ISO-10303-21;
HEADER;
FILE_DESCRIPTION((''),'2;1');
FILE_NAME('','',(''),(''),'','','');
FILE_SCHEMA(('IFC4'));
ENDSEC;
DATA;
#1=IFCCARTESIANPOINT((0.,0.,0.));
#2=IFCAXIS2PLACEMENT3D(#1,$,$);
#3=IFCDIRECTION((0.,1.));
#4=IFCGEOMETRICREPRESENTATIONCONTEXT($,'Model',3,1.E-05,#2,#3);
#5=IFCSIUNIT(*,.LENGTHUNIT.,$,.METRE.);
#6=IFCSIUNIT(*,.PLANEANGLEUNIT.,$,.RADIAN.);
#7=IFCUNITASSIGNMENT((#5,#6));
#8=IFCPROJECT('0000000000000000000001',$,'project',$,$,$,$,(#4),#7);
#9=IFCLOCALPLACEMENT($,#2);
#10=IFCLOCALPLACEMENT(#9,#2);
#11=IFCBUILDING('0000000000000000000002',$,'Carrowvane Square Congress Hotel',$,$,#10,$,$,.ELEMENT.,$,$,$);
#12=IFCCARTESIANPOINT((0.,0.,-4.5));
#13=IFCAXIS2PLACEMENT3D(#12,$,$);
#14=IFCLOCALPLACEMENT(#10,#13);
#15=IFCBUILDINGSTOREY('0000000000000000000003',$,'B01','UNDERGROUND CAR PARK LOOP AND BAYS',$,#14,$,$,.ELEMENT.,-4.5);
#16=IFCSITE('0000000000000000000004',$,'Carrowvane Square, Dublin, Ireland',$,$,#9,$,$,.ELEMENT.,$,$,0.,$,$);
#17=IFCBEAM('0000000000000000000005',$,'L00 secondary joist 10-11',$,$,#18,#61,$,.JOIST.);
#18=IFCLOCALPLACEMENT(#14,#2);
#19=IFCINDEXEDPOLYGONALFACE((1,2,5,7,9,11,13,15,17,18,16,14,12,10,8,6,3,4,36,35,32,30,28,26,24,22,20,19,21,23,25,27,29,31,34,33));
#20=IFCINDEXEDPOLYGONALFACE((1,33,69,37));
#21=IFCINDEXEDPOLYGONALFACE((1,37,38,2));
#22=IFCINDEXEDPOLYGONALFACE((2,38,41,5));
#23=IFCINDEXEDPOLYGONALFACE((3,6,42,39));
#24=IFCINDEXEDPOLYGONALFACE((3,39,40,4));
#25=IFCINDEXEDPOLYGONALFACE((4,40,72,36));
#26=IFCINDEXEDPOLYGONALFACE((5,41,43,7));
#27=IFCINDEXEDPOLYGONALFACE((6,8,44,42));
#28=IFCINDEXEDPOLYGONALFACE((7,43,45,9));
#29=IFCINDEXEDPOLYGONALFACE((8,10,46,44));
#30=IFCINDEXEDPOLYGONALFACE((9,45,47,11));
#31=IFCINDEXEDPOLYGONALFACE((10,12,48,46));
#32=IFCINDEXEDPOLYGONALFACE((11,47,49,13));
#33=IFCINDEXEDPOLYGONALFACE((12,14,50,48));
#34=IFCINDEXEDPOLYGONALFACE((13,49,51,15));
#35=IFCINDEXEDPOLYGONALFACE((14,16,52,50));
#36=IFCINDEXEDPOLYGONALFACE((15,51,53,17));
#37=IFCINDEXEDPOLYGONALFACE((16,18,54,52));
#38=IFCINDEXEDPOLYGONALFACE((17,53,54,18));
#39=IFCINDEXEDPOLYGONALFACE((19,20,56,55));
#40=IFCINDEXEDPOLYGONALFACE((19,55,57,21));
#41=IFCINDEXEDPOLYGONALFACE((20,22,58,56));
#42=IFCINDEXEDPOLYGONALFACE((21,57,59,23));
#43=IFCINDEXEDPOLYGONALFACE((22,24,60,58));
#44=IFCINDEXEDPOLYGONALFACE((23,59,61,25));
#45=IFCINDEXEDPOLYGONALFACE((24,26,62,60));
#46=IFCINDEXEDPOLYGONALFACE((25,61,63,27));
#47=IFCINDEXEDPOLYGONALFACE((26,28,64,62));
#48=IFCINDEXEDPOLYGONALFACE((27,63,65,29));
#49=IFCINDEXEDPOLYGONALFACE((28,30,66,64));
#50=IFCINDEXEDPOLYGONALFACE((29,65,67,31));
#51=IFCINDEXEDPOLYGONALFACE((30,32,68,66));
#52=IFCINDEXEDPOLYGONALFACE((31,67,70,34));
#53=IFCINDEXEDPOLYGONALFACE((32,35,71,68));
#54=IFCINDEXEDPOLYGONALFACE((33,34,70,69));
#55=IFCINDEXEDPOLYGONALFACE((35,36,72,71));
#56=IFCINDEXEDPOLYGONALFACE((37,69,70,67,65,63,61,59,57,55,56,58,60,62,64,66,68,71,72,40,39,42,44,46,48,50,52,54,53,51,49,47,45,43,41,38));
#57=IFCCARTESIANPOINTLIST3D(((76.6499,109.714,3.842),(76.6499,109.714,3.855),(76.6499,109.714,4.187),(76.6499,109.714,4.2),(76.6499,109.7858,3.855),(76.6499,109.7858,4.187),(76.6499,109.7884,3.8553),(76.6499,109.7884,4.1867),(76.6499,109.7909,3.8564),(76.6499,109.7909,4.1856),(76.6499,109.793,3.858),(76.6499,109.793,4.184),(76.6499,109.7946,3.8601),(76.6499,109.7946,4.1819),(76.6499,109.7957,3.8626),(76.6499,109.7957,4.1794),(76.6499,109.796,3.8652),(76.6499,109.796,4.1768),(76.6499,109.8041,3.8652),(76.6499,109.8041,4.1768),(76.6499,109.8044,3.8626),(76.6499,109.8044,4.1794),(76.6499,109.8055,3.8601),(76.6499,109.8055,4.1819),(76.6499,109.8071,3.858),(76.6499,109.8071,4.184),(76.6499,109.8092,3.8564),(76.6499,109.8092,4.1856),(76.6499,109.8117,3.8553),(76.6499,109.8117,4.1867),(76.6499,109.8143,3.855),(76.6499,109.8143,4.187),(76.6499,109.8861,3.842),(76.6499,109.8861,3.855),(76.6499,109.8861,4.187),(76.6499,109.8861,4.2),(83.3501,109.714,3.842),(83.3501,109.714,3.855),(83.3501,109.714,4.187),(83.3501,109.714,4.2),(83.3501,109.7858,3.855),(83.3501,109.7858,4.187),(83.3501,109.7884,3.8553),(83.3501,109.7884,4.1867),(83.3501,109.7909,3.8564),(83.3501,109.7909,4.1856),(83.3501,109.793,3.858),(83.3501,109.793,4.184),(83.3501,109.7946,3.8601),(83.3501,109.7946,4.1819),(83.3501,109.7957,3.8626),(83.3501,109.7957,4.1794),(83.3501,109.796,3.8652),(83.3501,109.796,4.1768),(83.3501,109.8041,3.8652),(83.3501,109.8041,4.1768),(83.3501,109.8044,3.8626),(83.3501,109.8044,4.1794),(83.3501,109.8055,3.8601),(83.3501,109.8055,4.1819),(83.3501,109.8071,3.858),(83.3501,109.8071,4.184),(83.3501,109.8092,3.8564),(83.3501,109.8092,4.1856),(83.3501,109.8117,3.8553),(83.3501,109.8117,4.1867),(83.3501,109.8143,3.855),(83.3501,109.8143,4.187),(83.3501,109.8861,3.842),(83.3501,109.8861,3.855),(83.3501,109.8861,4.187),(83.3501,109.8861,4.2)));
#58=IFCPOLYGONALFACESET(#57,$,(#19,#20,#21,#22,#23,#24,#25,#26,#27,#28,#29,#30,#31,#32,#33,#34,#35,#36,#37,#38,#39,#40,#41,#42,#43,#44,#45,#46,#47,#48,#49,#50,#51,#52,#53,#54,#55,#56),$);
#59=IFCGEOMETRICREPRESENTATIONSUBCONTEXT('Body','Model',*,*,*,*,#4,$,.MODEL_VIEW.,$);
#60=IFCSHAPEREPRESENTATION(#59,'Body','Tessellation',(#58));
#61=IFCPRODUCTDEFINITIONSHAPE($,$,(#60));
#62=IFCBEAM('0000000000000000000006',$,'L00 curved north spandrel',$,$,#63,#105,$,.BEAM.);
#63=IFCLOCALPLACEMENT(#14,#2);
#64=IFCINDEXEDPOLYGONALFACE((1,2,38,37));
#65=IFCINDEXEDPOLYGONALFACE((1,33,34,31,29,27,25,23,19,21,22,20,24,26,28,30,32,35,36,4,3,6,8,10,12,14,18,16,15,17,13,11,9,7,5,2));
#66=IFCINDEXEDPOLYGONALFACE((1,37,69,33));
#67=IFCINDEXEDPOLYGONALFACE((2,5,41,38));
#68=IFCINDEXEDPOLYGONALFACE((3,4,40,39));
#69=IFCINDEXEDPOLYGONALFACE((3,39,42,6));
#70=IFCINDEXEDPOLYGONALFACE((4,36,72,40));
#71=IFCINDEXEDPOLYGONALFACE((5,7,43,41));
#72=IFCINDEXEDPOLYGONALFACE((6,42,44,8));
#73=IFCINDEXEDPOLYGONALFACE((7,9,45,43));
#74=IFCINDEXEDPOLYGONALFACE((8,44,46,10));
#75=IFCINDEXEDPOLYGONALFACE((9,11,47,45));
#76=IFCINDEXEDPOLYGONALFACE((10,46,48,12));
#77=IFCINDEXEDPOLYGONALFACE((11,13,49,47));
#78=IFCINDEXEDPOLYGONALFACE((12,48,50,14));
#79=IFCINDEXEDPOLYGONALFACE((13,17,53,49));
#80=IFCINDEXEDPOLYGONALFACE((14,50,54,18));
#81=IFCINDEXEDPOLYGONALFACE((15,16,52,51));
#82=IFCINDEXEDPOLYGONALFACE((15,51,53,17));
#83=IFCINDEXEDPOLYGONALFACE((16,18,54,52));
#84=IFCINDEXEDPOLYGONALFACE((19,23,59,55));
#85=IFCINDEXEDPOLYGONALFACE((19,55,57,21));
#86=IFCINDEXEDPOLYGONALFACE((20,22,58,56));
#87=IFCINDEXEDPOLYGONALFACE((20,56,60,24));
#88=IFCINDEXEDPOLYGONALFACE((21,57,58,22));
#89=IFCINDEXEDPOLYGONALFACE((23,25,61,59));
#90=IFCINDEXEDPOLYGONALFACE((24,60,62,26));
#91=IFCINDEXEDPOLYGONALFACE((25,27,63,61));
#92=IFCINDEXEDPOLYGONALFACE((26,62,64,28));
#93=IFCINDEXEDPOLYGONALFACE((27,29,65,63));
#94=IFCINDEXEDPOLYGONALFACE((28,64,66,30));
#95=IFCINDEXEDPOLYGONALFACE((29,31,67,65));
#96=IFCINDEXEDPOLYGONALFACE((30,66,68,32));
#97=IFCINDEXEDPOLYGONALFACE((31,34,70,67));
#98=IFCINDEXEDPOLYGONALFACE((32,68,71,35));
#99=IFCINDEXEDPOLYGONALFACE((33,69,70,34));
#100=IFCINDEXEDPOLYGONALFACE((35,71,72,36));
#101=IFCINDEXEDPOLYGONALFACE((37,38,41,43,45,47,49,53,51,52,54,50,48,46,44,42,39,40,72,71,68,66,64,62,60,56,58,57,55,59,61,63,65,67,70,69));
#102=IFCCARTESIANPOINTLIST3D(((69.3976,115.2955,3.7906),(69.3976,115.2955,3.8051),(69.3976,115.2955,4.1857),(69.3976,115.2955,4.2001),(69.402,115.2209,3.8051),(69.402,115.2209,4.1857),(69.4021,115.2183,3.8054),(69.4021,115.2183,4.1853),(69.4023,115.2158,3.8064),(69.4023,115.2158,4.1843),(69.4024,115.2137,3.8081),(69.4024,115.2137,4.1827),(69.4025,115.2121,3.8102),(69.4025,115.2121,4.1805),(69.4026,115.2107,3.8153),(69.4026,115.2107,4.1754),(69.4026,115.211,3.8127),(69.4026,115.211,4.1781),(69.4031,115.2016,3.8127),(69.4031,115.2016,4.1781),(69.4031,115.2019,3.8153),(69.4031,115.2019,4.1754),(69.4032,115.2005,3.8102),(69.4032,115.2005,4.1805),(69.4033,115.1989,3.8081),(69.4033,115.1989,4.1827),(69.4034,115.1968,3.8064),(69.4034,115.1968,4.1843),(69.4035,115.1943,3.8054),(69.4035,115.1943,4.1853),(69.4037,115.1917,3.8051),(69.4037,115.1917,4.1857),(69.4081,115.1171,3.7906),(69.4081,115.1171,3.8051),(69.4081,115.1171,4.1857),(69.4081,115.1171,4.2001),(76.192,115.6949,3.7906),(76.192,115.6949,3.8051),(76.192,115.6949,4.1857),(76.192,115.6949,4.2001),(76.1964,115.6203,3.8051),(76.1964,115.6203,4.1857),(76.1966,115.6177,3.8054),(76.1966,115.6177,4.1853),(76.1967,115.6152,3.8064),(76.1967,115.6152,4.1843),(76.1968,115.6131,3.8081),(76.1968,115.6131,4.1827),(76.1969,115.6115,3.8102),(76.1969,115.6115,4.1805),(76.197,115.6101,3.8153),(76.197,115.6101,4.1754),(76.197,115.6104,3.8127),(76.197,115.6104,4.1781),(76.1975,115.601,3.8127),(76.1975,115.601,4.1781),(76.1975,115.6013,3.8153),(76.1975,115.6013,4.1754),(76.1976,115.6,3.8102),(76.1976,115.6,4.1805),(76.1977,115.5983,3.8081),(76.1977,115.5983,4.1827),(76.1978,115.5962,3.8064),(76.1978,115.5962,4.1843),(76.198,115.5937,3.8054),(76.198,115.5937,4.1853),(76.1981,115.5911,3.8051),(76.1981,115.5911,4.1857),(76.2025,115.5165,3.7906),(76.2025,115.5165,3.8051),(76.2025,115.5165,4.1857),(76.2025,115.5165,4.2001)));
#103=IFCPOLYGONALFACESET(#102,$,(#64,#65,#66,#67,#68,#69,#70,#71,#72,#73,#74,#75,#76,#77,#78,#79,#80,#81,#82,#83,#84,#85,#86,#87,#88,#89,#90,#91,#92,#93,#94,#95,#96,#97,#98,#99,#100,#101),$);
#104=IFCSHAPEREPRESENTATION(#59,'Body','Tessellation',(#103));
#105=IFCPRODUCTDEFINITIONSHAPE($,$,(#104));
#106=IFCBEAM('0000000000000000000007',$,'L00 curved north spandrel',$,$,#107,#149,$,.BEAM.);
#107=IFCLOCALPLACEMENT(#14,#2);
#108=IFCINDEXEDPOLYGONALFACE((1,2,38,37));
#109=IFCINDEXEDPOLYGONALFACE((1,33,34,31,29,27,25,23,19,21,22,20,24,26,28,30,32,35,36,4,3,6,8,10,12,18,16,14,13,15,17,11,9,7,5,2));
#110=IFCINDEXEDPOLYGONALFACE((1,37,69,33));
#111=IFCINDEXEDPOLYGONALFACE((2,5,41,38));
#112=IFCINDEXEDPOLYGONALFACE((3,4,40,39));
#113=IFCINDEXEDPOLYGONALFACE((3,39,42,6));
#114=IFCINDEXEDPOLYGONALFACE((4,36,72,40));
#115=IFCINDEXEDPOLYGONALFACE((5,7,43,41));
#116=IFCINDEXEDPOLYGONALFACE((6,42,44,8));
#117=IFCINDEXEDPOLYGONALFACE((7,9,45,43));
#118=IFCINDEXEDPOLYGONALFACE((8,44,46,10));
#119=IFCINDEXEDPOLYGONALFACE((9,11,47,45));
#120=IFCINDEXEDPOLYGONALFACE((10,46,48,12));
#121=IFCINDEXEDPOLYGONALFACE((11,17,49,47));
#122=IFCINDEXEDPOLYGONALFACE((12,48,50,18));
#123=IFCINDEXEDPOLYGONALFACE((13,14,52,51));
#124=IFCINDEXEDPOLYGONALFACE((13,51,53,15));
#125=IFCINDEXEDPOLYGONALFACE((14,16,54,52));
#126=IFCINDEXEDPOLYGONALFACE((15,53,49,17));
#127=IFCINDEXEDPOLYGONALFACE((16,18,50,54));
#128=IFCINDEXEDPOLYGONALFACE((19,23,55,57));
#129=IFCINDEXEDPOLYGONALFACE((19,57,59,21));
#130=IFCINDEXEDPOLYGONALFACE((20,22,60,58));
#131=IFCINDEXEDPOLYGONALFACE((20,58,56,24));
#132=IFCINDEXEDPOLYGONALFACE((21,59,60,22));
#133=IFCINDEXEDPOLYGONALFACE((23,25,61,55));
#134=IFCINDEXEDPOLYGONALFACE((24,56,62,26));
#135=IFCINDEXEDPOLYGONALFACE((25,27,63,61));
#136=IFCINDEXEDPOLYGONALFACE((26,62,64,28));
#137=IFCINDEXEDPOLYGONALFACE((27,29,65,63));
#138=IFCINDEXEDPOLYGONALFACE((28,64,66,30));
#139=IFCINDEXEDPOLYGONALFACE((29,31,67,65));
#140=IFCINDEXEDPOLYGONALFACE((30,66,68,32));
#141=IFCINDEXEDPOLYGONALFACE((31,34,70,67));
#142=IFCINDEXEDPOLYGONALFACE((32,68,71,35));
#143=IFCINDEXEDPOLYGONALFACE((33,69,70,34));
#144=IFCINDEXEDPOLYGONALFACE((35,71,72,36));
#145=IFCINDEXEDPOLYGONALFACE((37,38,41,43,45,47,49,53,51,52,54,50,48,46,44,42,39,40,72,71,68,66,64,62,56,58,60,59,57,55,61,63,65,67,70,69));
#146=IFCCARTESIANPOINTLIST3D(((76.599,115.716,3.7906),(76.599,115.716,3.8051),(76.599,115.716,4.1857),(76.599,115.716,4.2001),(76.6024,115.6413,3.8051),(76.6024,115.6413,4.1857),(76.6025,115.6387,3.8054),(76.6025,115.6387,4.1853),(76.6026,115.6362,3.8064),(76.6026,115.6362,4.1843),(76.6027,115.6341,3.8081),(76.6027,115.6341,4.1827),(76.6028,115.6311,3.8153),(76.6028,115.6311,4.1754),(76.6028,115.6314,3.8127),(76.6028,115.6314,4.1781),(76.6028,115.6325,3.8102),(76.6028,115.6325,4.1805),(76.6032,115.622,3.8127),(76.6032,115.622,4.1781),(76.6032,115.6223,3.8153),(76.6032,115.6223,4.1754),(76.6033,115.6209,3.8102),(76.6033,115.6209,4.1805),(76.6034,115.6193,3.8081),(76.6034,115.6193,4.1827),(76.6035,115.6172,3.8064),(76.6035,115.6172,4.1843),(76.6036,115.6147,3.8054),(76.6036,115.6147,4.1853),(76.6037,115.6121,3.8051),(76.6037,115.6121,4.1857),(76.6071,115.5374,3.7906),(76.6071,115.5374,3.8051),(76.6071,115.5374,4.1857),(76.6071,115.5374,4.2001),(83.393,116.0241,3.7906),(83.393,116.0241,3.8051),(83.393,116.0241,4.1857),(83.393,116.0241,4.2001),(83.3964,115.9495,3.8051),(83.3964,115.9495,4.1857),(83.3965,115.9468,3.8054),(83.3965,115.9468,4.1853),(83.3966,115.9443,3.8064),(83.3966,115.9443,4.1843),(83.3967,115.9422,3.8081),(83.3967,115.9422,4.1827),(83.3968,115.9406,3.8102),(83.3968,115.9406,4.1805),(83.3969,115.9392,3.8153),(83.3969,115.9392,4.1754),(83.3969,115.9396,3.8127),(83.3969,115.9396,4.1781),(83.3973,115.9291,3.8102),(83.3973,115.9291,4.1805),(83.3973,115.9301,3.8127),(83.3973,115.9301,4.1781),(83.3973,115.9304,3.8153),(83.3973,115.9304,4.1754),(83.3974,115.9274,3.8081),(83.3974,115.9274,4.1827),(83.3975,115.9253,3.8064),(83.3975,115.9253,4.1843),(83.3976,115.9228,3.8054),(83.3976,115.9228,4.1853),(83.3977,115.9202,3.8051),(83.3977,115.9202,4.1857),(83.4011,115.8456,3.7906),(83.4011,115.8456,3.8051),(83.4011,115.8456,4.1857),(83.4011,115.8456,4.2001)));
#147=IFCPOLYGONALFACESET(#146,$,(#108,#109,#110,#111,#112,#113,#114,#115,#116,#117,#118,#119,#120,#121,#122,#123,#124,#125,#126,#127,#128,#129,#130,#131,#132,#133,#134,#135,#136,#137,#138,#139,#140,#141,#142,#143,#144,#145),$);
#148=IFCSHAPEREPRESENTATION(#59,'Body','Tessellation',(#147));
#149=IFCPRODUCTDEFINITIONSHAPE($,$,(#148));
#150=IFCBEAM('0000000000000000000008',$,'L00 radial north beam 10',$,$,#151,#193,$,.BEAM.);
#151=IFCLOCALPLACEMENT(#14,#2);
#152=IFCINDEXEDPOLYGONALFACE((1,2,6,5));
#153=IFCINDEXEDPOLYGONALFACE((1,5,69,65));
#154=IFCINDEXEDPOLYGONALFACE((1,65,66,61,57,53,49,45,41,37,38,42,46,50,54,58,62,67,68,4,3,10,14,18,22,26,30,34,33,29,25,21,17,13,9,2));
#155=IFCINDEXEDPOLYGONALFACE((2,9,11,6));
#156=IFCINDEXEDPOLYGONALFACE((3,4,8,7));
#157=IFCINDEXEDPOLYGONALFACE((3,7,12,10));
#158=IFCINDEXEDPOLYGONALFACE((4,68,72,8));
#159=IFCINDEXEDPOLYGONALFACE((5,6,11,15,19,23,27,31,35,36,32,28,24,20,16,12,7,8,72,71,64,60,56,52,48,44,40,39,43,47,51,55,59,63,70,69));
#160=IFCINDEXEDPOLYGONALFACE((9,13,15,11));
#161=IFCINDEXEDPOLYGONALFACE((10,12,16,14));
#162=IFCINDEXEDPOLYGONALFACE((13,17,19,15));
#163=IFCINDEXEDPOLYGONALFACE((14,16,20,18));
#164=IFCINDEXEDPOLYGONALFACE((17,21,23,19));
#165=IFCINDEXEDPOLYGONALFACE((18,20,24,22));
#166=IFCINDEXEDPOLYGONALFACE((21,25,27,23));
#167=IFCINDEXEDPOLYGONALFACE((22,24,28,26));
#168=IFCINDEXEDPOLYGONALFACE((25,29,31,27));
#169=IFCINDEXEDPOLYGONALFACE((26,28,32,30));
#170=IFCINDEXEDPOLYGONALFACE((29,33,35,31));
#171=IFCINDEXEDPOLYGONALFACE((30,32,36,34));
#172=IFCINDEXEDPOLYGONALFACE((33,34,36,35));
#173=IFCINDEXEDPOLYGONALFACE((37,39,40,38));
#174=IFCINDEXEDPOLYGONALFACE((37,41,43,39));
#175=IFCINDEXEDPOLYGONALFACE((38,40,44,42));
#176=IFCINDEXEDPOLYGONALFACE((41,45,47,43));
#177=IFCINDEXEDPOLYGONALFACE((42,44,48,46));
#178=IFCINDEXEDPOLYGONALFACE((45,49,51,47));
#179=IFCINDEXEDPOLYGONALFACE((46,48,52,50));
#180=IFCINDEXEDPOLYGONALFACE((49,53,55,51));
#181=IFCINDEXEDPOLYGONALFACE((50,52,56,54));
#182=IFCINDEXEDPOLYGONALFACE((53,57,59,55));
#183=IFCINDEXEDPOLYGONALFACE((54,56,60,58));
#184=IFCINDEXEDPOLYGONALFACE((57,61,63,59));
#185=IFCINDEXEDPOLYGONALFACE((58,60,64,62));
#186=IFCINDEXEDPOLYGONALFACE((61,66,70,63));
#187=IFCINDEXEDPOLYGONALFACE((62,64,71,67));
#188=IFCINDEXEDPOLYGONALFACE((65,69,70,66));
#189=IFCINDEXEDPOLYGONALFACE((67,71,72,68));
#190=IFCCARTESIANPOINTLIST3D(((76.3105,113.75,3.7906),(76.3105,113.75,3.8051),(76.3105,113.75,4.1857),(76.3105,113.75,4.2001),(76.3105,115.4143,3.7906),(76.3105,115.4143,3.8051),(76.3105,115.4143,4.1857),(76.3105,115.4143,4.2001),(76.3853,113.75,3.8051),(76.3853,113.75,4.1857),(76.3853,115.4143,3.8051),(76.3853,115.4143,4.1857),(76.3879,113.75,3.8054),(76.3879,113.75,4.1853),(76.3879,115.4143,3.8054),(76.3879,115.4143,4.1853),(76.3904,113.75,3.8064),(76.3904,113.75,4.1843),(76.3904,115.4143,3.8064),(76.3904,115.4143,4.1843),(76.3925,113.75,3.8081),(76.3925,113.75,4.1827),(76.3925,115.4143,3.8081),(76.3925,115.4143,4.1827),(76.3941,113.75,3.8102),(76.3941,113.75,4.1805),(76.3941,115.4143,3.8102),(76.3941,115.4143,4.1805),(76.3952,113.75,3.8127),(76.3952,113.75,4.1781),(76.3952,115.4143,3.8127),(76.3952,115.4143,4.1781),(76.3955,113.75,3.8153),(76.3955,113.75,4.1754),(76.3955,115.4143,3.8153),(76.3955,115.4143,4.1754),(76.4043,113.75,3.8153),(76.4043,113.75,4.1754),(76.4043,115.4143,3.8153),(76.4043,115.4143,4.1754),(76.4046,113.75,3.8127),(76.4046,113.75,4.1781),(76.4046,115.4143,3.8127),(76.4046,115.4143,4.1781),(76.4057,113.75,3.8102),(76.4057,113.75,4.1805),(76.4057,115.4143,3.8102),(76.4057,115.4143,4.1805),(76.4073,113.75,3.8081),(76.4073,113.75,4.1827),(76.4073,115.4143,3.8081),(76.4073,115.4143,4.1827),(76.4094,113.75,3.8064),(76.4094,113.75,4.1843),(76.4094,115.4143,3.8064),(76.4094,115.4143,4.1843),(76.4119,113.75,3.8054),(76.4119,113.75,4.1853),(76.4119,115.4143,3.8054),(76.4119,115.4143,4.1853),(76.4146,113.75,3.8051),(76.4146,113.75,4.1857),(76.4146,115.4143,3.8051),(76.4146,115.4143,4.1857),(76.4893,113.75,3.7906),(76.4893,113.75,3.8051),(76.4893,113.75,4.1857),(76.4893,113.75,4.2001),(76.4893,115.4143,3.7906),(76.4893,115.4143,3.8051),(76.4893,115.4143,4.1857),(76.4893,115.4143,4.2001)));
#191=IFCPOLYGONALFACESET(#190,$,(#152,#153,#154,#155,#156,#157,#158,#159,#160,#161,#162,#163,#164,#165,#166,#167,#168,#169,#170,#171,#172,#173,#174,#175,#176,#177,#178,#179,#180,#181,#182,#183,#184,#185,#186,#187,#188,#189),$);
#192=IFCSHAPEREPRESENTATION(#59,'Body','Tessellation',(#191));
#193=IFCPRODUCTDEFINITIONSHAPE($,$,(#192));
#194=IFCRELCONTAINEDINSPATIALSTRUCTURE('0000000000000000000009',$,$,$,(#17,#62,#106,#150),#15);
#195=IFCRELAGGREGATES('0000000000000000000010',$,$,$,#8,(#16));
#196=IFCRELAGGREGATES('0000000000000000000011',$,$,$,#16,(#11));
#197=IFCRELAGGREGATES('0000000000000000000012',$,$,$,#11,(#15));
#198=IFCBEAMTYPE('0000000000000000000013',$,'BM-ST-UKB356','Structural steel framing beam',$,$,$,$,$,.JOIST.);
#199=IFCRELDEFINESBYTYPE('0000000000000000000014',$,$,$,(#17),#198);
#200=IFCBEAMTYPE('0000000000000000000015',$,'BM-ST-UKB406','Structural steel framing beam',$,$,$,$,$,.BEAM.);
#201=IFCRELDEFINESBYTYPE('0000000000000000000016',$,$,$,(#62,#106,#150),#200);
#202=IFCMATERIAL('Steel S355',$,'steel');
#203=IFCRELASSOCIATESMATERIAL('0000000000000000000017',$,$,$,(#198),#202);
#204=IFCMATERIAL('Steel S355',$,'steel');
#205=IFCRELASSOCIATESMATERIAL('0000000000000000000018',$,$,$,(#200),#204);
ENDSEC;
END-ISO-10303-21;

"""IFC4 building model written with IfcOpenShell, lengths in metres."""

from ifc_helpers import new_model, si_unit, direction, frame, origin, origin_2d, place, context, subcontext, project, spatial, i_section, extrude, material, material_profile, profile_set, type_object, element, save


model = new_model("IFC4")

# Units and contexts
model_context = context("Model", 3, precision=1e-05, world=origin(), true_north=direction((0.0, 1.0)))
body_context = subcontext(model_context, "Body", "Model", "MODEL_VIEW")
ifc_project = project(units=[si_unit("LENGTHUNIT", "METRE"), si_unit("PLANEANGLEUNIT", "RADIAN")], contexts=[model_context])

# Site, building, storey
site_placement = place(None, origin())
site = spatial("IfcSite", under=ifc_project, at=site_placement, Name="Carrowvane Square, Dublin, Ireland", CompositionType="ELEMENT", RefElevation=0.0)
building_placement = place(site_placement, origin())
building = spatial("IfcBuilding", under=site, at=building_placement, Name="Carrowvane Square Congress Hotel", CompositionType="ELEMENT")
storey_placement = place(building_placement, frame((0.0, 0.0, -4.5)))
storey = spatial("IfcBuildingStorey", under=building, at=storey_placement, Name="B01", Description="UNDERGROUND CAR PARK LOOP AND BAYS", CompositionType="ELEMENT", Elevation=-4.5)

# Beams
ifc_material_1 = material(Name="Steel S355", Category="steel")
ifc_material_profile_1 = material_profile(ifc_material_1, i_section(OverallWidth=0.1721, OverallDepth=0.3579, WebThickness=0.0081, FlangeThickness=0.0129, FilletRadius=0.0103, at=origin_2d()), Name="UKB 356x171x57")
ifc_profile_set_1 = profile_set([ifc_material_profile_1], Name="Steel S355")
beam_type_1 = type_object("IfcBeamType", Name="BM-ST-UKB356", Description="Structural steel framing beam", PredefinedType="JOIST", material=ifc_profile_set_1)
beam_1_placement = place(storey_placement, frame((76.6499, 109.8, 4.021), z_axis=(1.0, 0.0, 0.0), x_axis=(0.0, 1.0, 0.0)))
element("IfcBeam", 1, at=beam_1_placement, inside=storey, type_object=beam_type_1, Name="L00 secondary joist 10-11", PredefinedType="JOIST", context=body_context, shape_type="SweptSolid", body=[
    extrude(i_section(OverallWidth=0.1721, OverallDepth=0.3579, WebThickness=0.0081, FlangeThickness=0.0129, FilletRadius=0.0103, at=origin_2d()), origin(), (0.0, 0.0, 1.0), 6.7002),
])
ifc_material_2 = material(Name="Steel S355", Category="steel")
ifc_material_profile_2 = material_profile(ifc_material_2, i_section(OverallWidth=0.1787, OverallDepth=0.4094, WebThickness=0.0088, FlangeThickness=0.0144, FilletRadius=0.0103, at=origin_2d()), Name="UKB 406x178x67")
ifc_profile_set_2 = profile_set([ifc_material_profile_2], Name="Steel S355")
beam_type_2 = type_object("IfcBeamType", Name="BM-ST-UKB406", Description="Structural steel framing beam", PredefinedType="BEAM", material=ifc_profile_set_2)
beam_2_placement = place(storey_placement, frame((69.4028, 115.2063, 3.9954), z_axis=(0.998277, 0.058684, 0.0), x_axis=(-0.058684, 0.998277, 0.0)))
element("IfcBeam", 2, at=beam_2_placement, inside=storey, type_object=beam_type_2, Name="L00 curved north spandrel", PredefinedType="BEAM", context=body_context, shape_type="SweptSolid", body=[
    extrude(i_section(OverallWidth=0.1787, OverallDepth=0.4094, WebThickness=0.0088, FlangeThickness=0.0144, FilletRadius=0.0103, at=origin_2d()), origin(), (0.0, 0.0, 1.0), 6.8062),
])
beam_3_placement = place(storey_placement, frame((76.603, 115.6267, 3.9954), z_axis=(0.998973, 0.045303, 0.0), x_axis=(-0.045303, 0.998973, 0.0)))
element("IfcBeam", 3, at=beam_3_placement, inside=storey, type_object=beam_type_2, Name="L00 curved north spandrel", PredefinedType="BEAM", context=body_context, shape_type="SweptSolid", body=[
    extrude(i_section(OverallWidth=0.1787, OverallDepth=0.4094, WebThickness=0.0088, FlangeThickness=0.0144, FilletRadius=0.0103, at=origin_2d()), origin(), (0.0, 0.0, 1.0), 6.801),
])
beam_4_placement = place(storey_placement, frame((76.3999, 113.75, 3.9954), z_axis=(0.0, 1.0, 0.0), x_axis=(-1.0, 0.0, 0.0)))
element("IfcBeam", 4, at=beam_4_placement, inside=storey, type_object=beam_type_2, Name="L00 radial north beam 10", PredefinedType="BEAM", context=body_context, shape_type="SweptSolid", body=[
    extrude(i_section(OverallWidth=0.1787, OverallDepth=0.4094, WebThickness=0.0088, FlangeThickness=0.0144, FilletRadius=0.0103, at=origin_2d()), origin(), (0.0, 0.0, 1.0), 1.6643),
])

save(model, "model.ifc")
